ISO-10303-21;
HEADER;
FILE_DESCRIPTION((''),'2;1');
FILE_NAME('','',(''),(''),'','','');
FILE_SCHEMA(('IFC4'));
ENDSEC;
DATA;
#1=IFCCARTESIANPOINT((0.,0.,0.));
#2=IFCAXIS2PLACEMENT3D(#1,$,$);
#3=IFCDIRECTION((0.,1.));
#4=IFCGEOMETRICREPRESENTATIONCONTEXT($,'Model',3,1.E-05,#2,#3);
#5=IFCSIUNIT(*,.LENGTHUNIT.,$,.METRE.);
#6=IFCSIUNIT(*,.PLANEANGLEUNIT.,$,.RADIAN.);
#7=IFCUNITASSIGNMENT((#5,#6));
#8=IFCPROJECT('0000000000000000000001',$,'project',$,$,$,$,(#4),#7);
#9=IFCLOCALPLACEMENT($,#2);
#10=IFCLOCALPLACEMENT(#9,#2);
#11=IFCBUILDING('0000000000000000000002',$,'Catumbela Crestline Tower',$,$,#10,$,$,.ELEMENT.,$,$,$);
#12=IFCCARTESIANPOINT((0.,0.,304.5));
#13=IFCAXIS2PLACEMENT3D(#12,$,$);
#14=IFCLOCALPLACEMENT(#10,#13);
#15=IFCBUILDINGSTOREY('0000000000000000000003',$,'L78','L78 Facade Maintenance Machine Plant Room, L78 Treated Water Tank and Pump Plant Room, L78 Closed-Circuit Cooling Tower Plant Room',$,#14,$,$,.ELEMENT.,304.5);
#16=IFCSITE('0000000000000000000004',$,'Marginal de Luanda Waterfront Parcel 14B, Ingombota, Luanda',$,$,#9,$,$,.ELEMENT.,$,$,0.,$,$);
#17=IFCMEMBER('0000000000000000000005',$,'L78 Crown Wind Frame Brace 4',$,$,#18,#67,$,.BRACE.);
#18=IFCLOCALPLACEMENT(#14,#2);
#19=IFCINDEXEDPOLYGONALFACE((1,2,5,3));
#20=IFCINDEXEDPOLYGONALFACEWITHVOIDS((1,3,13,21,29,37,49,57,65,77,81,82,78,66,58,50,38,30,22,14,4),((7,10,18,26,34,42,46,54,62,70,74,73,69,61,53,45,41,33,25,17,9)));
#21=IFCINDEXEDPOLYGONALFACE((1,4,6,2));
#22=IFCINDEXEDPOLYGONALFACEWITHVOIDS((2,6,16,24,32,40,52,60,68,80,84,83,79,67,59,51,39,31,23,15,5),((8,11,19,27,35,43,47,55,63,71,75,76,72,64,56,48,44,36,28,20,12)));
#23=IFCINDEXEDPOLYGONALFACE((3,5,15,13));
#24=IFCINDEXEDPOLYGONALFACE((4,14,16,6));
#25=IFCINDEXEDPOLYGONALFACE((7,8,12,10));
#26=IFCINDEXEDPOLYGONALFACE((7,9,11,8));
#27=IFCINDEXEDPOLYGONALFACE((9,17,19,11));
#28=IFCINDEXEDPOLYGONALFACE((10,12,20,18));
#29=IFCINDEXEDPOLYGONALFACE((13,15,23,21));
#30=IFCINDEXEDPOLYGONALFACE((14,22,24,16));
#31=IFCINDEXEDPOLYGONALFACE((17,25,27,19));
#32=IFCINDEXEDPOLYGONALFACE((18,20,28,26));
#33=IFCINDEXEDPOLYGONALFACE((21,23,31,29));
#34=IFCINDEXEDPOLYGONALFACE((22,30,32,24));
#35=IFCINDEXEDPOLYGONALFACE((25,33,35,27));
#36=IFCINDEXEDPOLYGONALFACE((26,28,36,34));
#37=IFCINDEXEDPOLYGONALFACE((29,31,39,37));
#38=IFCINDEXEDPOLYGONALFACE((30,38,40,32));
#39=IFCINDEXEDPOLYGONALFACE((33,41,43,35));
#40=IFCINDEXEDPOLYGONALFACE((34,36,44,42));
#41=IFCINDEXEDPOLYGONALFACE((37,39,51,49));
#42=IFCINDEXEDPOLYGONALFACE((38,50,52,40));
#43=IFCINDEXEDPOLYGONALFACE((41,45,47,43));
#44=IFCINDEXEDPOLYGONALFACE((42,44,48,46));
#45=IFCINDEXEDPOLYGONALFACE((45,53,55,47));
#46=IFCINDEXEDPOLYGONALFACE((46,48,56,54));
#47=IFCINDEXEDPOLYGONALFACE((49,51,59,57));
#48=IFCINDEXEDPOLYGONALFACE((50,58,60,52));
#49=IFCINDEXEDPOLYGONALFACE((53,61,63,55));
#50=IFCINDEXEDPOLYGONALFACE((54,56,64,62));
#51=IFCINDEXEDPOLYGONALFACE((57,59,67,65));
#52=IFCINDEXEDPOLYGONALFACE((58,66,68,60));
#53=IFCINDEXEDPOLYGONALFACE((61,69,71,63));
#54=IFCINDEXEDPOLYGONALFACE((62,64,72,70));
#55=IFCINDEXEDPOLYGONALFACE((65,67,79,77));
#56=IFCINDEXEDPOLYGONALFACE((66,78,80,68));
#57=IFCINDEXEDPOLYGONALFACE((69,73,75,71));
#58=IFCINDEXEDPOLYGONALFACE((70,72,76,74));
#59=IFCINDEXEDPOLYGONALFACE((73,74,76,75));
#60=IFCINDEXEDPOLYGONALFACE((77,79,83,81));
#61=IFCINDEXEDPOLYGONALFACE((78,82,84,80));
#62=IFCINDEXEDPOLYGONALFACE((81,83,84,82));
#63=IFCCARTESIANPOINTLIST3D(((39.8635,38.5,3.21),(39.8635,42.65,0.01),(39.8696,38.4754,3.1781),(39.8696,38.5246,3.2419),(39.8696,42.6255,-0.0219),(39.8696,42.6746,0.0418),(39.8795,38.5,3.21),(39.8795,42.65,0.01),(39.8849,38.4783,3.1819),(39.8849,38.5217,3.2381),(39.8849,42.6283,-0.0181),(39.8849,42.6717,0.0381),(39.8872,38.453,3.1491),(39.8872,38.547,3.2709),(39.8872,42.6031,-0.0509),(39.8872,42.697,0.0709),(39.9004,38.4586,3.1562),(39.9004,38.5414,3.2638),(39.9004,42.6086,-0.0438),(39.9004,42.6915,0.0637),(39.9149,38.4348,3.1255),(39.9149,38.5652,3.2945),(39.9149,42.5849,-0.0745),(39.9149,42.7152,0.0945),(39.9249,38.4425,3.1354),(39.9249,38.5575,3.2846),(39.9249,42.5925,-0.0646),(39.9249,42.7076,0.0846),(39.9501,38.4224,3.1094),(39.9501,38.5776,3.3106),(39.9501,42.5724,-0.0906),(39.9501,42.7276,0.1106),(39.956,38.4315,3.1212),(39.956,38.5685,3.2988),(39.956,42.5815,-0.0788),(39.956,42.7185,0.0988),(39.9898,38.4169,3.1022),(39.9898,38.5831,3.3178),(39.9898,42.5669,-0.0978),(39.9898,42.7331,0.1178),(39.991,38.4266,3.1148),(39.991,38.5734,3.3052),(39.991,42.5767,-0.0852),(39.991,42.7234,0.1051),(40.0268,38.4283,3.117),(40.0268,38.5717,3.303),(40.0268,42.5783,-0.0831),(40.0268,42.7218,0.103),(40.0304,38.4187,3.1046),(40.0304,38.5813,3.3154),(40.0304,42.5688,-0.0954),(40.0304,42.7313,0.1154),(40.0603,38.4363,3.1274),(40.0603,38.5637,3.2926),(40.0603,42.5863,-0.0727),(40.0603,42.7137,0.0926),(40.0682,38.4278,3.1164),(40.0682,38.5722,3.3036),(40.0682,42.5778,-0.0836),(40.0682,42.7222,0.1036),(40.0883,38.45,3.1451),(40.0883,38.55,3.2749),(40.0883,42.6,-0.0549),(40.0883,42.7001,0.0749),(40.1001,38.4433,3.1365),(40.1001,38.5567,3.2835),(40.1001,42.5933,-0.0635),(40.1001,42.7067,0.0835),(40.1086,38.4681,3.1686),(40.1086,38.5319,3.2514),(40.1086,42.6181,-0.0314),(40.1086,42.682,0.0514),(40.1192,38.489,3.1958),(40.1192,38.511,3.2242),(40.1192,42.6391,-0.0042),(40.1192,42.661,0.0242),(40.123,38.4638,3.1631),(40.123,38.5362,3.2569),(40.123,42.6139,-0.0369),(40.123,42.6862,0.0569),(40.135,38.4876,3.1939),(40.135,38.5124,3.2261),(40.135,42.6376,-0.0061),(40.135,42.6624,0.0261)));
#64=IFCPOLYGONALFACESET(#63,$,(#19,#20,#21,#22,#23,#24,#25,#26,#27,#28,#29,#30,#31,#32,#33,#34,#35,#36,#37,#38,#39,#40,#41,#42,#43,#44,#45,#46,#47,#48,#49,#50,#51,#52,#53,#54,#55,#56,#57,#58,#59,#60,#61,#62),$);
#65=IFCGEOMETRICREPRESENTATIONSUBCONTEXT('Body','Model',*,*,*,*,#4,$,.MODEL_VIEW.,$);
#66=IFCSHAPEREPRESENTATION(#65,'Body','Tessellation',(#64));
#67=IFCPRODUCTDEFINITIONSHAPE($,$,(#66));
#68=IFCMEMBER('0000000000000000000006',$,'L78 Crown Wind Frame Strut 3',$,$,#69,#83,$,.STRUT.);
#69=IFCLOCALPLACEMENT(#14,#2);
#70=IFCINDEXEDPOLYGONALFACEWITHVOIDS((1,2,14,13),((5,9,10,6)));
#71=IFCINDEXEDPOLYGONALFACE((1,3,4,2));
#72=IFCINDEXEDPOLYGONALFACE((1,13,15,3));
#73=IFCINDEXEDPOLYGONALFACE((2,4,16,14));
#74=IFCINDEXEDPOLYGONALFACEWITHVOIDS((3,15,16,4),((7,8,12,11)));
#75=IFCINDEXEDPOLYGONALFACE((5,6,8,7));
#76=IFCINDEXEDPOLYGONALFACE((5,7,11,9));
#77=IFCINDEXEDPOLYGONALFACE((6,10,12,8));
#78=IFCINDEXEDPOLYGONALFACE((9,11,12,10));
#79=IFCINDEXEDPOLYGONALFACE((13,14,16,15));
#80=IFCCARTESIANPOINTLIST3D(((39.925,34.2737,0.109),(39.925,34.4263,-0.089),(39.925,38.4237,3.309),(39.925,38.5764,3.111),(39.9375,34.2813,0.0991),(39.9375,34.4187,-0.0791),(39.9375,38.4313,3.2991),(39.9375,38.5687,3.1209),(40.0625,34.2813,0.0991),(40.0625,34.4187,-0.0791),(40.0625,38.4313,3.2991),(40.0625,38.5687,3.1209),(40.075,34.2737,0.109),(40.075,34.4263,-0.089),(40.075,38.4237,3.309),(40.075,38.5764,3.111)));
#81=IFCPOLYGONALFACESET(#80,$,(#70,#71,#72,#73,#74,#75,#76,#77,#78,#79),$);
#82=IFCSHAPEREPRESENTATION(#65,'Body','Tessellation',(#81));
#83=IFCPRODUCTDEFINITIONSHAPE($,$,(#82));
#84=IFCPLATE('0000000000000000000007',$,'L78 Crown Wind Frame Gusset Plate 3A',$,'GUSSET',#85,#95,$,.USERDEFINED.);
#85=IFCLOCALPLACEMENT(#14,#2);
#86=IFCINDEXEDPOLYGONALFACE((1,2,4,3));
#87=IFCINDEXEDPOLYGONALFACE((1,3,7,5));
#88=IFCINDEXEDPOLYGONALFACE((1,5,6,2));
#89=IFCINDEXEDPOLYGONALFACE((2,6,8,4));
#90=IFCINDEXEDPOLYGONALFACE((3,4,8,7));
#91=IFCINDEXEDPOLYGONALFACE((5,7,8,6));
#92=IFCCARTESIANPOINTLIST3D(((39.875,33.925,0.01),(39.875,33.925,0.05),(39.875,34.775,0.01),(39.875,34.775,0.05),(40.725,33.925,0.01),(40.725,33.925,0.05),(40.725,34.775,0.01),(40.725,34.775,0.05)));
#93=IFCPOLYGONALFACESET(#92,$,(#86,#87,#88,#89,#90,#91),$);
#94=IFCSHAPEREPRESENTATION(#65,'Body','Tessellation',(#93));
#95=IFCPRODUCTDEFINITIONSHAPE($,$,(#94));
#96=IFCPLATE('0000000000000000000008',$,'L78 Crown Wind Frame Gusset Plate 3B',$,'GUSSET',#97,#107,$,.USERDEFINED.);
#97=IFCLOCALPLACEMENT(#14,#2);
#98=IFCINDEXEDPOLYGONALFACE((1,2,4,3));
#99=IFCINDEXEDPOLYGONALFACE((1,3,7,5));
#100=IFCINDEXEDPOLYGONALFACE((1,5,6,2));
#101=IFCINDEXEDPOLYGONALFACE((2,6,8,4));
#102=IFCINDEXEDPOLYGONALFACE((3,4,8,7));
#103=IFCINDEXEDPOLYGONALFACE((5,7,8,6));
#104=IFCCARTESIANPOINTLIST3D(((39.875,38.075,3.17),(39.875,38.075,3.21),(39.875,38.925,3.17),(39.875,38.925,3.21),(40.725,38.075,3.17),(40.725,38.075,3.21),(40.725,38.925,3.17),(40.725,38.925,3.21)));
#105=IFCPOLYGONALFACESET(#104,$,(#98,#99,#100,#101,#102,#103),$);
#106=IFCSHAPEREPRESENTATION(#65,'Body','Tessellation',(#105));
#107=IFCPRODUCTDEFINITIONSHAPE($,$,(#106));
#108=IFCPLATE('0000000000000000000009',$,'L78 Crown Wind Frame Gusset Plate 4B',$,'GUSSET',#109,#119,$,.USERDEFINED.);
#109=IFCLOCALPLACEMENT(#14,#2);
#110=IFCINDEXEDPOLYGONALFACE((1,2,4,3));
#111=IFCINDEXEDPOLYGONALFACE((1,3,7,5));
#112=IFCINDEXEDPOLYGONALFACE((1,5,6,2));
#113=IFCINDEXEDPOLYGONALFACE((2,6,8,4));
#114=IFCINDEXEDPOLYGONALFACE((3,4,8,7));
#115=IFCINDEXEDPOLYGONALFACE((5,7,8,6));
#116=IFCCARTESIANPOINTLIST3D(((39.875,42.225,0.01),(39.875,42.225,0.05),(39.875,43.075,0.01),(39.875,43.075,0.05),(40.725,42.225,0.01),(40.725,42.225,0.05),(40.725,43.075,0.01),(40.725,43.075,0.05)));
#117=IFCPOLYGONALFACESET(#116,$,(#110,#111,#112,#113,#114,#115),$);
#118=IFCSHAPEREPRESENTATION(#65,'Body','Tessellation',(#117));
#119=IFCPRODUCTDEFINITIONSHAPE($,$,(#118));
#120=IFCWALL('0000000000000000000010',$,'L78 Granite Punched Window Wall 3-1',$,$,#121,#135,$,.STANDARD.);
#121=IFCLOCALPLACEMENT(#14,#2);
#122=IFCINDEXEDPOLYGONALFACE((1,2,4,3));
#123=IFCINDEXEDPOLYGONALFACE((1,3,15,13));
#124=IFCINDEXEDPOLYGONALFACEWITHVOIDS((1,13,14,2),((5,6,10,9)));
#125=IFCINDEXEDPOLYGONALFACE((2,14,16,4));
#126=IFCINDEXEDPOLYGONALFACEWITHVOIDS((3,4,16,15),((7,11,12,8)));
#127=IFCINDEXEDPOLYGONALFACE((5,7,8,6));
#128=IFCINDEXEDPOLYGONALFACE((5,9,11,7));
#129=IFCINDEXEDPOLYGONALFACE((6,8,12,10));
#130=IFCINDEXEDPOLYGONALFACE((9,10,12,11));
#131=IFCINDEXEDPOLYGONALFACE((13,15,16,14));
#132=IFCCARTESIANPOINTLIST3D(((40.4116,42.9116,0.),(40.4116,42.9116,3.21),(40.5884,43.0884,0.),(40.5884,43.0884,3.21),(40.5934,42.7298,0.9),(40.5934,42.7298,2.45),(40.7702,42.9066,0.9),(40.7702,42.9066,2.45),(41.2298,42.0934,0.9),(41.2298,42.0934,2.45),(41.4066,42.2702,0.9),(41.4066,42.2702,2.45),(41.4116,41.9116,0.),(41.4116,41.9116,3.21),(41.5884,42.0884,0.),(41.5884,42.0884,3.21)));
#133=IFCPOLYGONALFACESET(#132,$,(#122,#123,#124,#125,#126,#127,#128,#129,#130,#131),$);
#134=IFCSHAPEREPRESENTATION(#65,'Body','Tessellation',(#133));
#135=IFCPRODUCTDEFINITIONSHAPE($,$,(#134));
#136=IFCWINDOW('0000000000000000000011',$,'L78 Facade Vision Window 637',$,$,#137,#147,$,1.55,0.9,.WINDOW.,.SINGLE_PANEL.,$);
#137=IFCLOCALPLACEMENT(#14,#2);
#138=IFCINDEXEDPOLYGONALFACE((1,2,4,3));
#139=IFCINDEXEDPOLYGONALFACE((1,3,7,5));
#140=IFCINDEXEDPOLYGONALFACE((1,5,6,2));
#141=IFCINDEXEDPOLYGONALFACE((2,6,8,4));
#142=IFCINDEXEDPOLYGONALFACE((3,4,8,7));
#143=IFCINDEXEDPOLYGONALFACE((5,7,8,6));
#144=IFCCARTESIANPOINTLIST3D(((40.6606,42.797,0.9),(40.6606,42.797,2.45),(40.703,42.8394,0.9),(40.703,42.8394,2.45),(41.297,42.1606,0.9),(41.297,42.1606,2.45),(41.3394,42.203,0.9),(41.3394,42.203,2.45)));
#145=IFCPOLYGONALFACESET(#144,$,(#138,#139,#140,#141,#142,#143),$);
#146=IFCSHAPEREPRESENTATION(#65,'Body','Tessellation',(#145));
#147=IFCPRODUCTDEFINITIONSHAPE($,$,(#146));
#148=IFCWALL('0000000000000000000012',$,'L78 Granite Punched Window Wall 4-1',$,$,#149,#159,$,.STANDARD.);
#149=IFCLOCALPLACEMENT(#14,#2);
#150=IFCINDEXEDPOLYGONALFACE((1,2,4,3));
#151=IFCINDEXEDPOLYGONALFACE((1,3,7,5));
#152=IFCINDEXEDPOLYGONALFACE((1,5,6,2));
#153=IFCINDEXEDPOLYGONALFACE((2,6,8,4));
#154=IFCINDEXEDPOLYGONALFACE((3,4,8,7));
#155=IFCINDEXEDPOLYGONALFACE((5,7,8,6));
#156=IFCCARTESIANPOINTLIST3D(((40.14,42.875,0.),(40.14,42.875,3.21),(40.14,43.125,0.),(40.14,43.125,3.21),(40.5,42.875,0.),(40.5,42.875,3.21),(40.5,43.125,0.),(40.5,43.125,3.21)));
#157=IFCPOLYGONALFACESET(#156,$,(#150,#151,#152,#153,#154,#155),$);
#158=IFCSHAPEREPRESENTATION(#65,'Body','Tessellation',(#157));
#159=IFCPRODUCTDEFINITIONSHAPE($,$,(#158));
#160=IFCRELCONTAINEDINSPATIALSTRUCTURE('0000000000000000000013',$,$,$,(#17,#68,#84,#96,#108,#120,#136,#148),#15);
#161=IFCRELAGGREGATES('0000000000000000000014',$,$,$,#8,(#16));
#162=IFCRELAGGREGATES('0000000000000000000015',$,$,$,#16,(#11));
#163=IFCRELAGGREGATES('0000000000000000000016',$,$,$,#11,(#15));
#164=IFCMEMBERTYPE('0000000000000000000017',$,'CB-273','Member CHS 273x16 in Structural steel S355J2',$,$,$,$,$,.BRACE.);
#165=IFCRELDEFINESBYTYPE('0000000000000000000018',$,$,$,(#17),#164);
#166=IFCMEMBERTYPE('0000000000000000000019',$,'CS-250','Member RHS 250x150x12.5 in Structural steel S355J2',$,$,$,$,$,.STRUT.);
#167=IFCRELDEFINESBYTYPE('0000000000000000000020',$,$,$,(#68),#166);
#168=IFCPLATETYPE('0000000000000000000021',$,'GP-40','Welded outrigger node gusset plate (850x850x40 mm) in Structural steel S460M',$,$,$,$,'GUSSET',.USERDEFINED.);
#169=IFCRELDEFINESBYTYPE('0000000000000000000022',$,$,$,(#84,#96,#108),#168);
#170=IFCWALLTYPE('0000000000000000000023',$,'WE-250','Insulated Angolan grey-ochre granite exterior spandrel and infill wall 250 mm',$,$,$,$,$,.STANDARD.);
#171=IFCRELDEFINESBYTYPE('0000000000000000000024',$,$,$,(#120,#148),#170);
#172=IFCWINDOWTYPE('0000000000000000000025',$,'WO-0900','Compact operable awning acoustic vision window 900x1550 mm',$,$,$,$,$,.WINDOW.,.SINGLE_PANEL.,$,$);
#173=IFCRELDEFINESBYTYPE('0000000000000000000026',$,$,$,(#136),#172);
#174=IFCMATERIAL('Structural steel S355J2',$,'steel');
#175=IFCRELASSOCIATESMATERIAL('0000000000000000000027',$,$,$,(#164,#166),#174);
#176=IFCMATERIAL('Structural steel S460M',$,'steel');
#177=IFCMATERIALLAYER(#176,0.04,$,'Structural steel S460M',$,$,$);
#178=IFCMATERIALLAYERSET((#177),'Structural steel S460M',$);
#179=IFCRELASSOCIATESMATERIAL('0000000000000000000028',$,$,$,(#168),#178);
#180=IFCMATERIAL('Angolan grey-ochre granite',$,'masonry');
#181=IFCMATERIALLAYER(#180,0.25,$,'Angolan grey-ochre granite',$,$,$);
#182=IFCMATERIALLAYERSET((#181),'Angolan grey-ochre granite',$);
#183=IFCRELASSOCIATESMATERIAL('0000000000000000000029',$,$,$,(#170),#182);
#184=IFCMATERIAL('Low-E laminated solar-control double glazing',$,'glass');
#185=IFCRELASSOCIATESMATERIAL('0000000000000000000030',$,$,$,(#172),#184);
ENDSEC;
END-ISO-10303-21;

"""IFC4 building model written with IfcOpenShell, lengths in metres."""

from ifc_helpers import new_model, si_unit, direction, frame, frame_2d, origin, origin_2d, place, context, subcontext, project, spatial, rectangle, hollow_rectangle, hollow_circle, extrude, material, layer, layer_set, material_profile, profile_set, type_object, element, fill, save


model = new_model("IFC4")

# Units and contexts
model_context = context("Model", 3, precision=1e-05, world=origin(), true_north=direction((0.0, 1.0)))
body_context = subcontext(model_context, "Body", "Model", "MODEL_VIEW")
ifc_project = project(units=[si_unit("LENGTHUNIT", "METRE"), si_unit("PLANEANGLEUNIT", "RADIAN")], contexts=[model_context])

# Site, building, storey
site_placement = place(None, origin())
site = spatial("IfcSite", under=ifc_project, at=site_placement, Name="Marginal de Luanda Waterfront Parcel 14B, Ingombota, Luanda", CompositionType="ELEMENT", RefElevation=0.0)
building_placement = place(site_placement, origin())
building = spatial("IfcBuilding", under=site, at=building_placement, Name="Catumbela Crestline Tower", CompositionType="ELEMENT")
storey_placement = place(building_placement, frame((0.0, 0.0, 304.5)))
storey = spatial("IfcBuildingStorey", under=building, at=storey_placement, Name="L78", Description="L78 Facade Maintenance Machine Plant Room, L78 Treated Water Tank and Pump Plant Room, L78 Closed-Circuit Cooling Tower Plant Room", CompositionType="ELEMENT", Elevation=304.5)

# Members
ifc_material_1 = material(Name="Structural steel S355J2", Category="steel")
ifc_material_profile_1 = material_profile(ifc_material_1, hollow_circle(Radius=0.1365, WallThickness=0.016, at=origin_2d()), Name="CHS 273x16")
ifc_profile_set_1 = profile_set([ifc_material_profile_1], Name="Structural steel S355J2")
member_type_1 = type_object("IfcMemberType", Name="CB-273", Description="Member CHS 273x16 in Structural steel S355J2", PredefinedType="BRACE", material=ifc_profile_set_1)
member_1_placement = place(storey_placement, frame((40.0, 38.5, 3.21), z_axis=(0.0, 0.791914, -0.610633), x_axis=(-1.0, 0.0, 0.0)))
element("IfcMember", 1, at=member_1_placement, inside=storey, type_object=member_type_1, Name="L78 Crown Wind Frame Brace 4", PredefinedType="BRACE", context=body_context, shape_type="SweptSolid", body=[
    extrude(hollow_circle(Radius=0.1365, WallThickness=0.016, at=origin_2d()), origin(), (0.0, 0.0, 1.0), 5.2405),
])
ifc_material_profile_2 = material_profile(ifc_material_1, hollow_rectangle(XDim=0.15, YDim=0.25, WallThickness=0.0125, at=origin_2d()), Name="RHS 250x150x12.5")
ifc_profile_set_2 = profile_set([ifc_material_profile_2], Name="Structural steel S355J2")
member_type_2 = type_object("IfcMemberType", Name="CS-250", Description="Member RHS 250x150x12.5 in Structural steel S355J2", PredefinedType="STRUT", material=ifc_profile_set_2)
member_2_placement = place(storey_placement, frame((40.0, 34.35, 0.01), z_axis=(0.0, 0.791914, 0.610633), x_axis=(-1.0, 0.0, 0.0)))
element("IfcMember", 2, at=member_2_placement, inside=storey, type_object=member_type_2, Name="L78 Crown Wind Frame Strut 3", PredefinedType="STRUT", context=body_context, shape_type="SweptSolid", body=[
    extrude(hollow_rectangle(XDim=0.15, YDim=0.25, WallThickness=0.0125, at=origin_2d()), origin(), (0.0, 0.0, 1.0), 5.2405),
])

# Plates
ifc_material_2 = material(Name="Structural steel S460M", Category="steel")
ifc_layer_1 = layer(ifc_material_2, 0.04, Name="Structural steel S460M")
ifc_layer_set_1 = layer_set([ifc_layer_1], Name="Structural steel S460M")
plate_type = type_object("IfcPlateType", Name="GP-40", Description="Welded outrigger node gusset plate (850x850x40 mm) in Structural steel S460M", ElementType="GUSSET", PredefinedType="USERDEFINED", material=ifc_layer_set_1)
for number, where, z_axis, x_axis, name in (
    (3, (40.3, 34.35, 0.01), (0.0, 0.0, 1.0), (1.0, 0.0, 0.0), "L78 Crown Wind Frame Gusset Plate 3A"),
    (4, (40.3, 38.5, 3.17), (0.0, 0.0, 1.0), (1.0, 0.0, 0.0), "L78 Crown Wind Frame Gusset Plate 3B"),
    (5, (40.3, 42.65, 0.01), (0.0, 0.0, 1.0), (1.0, 0.0, 0.0), "L78 Crown Wind Frame Gusset Plate 4B"),
):
    element("IfcPlate", number, at=place(storey_placement, frame(where, z_axis=z_axis, x_axis=x_axis)), inside=storey, type_object=plate_type, Name=name, ObjectType="GUSSET", PredefinedType="USERDEFINED", context=body_context, shape_type="SweptSolid", body=[
        extrude(rectangle(XDim=0.85, YDim=0.85, at=origin_2d()), origin(), (0.0, 0.0, 1.0), 0.04),
    ])

# Wall, opening, window
ifc_material_3 = material(Name="Angolan grey-ochre granite", Category="masonry")
ifc_layer_2 = layer(ifc_material_3, 0.25, Name="Angolan grey-ochre granite")
ifc_layer_set_2 = layer_set([ifc_layer_2], Name="Angolan grey-ochre granite")
wall_type = type_object("IfcWallType", Name="WE-250", Description="Insulated Angolan grey-ochre granite exterior spandrel and infill wall 250 mm", PredefinedType="STANDARD", material=ifc_layer_set_2)
wall_1_placement = place(storey_placement, frame((41.5, 42.0, 0.0), z_axis=(0.0, 0.0, 1.0), x_axis=(-0.707107, 0.707107, 0.0)))
wall_1 = element("IfcWall", 6, at=wall_1_placement, inside=storey, type_object=wall_type, Name="L78 Granite Punched Window Wall 3-1", PredefinedType="STANDARD", context=body_context, shape_type="SweptSolid", body=[
    extrude(rectangle(XDim=1.4142, YDim=0.25, at=frame_2d((0.7071, 0.0))), origin(), (0.0, 0.0, 1.0), 3.21),
])
opening_placement = place(wall_1_placement, frame((0.2571, 0.0, 0.9)))
opening = element("IfcOpeningElement", 7, at=opening_placement, cuts=wall_1, PredefinedType="OPENING", context=body_context, shape_type="SweptSolid", body=[
    extrude(rectangle(XDim=0.9, YDim=1.55, at=frame_2d((0.45, 0.775))), frame((0.0, 0.135, 0.0), z_axis=(0.0, -1.0, 0.0), x_axis=(1.0, 0.0, 0.0)), (0.0, 0.0, 1.0), 0.27),
])
ifc_material_4 = material(Name="Low-E laminated solar-control double glazing", Category="glass")
window_type = type_object("IfcWindowType", Name="WO-0900", Description="Compact operable awning acoustic vision window 900x1550 mm", PartitioningType="SINGLE_PANEL", PredefinedType="WINDOW", material=ifc_material_4)
window_placement = place(opening_placement, origin())
window = element("IfcWindow", 8, at=window_placement, inside=storey, type_object=window_type, Name="L78 Facade Vision Window 637", OverallHeight=1.55, OverallWidth=0.9, PartitioningType="SINGLE_PANEL", PredefinedType="WINDOW", context=body_context, shape_type="SweptSolid", body=[
    extrude(rectangle(XDim=0.9, YDim=1.55, at=frame_2d((0.45, 0.775))), frame((0.0, 0.03, 0.0), z_axis=(0.0, -1.0, 0.0), x_axis=(1.0, 0.0, 0.0)), (0.0, 0.0, 1.0), 0.06),
])
fill(opening, window)

# Wall
wall_2_placement = place(storey_placement, frame((40.5, 43.0, 0.0), z_axis=(0.0, 0.0, 1.0), x_axis=(-1.0, 0.0, 0.0)))
element("IfcWall", 9, at=wall_2_placement, inside=storey, type_object=wall_type, Name="L78 Granite Punched Window Wall 4-1", PredefinedType="STANDARD", context=body_context, shape_type="SweptSolid", body=[
    extrude(rectangle(XDim=0.36, YDim=0.25, at=frame_2d((0.18, 0.0))), origin(), (0.0, 0.0, 1.0), 3.21),
])

save(model, "model.ifc")
